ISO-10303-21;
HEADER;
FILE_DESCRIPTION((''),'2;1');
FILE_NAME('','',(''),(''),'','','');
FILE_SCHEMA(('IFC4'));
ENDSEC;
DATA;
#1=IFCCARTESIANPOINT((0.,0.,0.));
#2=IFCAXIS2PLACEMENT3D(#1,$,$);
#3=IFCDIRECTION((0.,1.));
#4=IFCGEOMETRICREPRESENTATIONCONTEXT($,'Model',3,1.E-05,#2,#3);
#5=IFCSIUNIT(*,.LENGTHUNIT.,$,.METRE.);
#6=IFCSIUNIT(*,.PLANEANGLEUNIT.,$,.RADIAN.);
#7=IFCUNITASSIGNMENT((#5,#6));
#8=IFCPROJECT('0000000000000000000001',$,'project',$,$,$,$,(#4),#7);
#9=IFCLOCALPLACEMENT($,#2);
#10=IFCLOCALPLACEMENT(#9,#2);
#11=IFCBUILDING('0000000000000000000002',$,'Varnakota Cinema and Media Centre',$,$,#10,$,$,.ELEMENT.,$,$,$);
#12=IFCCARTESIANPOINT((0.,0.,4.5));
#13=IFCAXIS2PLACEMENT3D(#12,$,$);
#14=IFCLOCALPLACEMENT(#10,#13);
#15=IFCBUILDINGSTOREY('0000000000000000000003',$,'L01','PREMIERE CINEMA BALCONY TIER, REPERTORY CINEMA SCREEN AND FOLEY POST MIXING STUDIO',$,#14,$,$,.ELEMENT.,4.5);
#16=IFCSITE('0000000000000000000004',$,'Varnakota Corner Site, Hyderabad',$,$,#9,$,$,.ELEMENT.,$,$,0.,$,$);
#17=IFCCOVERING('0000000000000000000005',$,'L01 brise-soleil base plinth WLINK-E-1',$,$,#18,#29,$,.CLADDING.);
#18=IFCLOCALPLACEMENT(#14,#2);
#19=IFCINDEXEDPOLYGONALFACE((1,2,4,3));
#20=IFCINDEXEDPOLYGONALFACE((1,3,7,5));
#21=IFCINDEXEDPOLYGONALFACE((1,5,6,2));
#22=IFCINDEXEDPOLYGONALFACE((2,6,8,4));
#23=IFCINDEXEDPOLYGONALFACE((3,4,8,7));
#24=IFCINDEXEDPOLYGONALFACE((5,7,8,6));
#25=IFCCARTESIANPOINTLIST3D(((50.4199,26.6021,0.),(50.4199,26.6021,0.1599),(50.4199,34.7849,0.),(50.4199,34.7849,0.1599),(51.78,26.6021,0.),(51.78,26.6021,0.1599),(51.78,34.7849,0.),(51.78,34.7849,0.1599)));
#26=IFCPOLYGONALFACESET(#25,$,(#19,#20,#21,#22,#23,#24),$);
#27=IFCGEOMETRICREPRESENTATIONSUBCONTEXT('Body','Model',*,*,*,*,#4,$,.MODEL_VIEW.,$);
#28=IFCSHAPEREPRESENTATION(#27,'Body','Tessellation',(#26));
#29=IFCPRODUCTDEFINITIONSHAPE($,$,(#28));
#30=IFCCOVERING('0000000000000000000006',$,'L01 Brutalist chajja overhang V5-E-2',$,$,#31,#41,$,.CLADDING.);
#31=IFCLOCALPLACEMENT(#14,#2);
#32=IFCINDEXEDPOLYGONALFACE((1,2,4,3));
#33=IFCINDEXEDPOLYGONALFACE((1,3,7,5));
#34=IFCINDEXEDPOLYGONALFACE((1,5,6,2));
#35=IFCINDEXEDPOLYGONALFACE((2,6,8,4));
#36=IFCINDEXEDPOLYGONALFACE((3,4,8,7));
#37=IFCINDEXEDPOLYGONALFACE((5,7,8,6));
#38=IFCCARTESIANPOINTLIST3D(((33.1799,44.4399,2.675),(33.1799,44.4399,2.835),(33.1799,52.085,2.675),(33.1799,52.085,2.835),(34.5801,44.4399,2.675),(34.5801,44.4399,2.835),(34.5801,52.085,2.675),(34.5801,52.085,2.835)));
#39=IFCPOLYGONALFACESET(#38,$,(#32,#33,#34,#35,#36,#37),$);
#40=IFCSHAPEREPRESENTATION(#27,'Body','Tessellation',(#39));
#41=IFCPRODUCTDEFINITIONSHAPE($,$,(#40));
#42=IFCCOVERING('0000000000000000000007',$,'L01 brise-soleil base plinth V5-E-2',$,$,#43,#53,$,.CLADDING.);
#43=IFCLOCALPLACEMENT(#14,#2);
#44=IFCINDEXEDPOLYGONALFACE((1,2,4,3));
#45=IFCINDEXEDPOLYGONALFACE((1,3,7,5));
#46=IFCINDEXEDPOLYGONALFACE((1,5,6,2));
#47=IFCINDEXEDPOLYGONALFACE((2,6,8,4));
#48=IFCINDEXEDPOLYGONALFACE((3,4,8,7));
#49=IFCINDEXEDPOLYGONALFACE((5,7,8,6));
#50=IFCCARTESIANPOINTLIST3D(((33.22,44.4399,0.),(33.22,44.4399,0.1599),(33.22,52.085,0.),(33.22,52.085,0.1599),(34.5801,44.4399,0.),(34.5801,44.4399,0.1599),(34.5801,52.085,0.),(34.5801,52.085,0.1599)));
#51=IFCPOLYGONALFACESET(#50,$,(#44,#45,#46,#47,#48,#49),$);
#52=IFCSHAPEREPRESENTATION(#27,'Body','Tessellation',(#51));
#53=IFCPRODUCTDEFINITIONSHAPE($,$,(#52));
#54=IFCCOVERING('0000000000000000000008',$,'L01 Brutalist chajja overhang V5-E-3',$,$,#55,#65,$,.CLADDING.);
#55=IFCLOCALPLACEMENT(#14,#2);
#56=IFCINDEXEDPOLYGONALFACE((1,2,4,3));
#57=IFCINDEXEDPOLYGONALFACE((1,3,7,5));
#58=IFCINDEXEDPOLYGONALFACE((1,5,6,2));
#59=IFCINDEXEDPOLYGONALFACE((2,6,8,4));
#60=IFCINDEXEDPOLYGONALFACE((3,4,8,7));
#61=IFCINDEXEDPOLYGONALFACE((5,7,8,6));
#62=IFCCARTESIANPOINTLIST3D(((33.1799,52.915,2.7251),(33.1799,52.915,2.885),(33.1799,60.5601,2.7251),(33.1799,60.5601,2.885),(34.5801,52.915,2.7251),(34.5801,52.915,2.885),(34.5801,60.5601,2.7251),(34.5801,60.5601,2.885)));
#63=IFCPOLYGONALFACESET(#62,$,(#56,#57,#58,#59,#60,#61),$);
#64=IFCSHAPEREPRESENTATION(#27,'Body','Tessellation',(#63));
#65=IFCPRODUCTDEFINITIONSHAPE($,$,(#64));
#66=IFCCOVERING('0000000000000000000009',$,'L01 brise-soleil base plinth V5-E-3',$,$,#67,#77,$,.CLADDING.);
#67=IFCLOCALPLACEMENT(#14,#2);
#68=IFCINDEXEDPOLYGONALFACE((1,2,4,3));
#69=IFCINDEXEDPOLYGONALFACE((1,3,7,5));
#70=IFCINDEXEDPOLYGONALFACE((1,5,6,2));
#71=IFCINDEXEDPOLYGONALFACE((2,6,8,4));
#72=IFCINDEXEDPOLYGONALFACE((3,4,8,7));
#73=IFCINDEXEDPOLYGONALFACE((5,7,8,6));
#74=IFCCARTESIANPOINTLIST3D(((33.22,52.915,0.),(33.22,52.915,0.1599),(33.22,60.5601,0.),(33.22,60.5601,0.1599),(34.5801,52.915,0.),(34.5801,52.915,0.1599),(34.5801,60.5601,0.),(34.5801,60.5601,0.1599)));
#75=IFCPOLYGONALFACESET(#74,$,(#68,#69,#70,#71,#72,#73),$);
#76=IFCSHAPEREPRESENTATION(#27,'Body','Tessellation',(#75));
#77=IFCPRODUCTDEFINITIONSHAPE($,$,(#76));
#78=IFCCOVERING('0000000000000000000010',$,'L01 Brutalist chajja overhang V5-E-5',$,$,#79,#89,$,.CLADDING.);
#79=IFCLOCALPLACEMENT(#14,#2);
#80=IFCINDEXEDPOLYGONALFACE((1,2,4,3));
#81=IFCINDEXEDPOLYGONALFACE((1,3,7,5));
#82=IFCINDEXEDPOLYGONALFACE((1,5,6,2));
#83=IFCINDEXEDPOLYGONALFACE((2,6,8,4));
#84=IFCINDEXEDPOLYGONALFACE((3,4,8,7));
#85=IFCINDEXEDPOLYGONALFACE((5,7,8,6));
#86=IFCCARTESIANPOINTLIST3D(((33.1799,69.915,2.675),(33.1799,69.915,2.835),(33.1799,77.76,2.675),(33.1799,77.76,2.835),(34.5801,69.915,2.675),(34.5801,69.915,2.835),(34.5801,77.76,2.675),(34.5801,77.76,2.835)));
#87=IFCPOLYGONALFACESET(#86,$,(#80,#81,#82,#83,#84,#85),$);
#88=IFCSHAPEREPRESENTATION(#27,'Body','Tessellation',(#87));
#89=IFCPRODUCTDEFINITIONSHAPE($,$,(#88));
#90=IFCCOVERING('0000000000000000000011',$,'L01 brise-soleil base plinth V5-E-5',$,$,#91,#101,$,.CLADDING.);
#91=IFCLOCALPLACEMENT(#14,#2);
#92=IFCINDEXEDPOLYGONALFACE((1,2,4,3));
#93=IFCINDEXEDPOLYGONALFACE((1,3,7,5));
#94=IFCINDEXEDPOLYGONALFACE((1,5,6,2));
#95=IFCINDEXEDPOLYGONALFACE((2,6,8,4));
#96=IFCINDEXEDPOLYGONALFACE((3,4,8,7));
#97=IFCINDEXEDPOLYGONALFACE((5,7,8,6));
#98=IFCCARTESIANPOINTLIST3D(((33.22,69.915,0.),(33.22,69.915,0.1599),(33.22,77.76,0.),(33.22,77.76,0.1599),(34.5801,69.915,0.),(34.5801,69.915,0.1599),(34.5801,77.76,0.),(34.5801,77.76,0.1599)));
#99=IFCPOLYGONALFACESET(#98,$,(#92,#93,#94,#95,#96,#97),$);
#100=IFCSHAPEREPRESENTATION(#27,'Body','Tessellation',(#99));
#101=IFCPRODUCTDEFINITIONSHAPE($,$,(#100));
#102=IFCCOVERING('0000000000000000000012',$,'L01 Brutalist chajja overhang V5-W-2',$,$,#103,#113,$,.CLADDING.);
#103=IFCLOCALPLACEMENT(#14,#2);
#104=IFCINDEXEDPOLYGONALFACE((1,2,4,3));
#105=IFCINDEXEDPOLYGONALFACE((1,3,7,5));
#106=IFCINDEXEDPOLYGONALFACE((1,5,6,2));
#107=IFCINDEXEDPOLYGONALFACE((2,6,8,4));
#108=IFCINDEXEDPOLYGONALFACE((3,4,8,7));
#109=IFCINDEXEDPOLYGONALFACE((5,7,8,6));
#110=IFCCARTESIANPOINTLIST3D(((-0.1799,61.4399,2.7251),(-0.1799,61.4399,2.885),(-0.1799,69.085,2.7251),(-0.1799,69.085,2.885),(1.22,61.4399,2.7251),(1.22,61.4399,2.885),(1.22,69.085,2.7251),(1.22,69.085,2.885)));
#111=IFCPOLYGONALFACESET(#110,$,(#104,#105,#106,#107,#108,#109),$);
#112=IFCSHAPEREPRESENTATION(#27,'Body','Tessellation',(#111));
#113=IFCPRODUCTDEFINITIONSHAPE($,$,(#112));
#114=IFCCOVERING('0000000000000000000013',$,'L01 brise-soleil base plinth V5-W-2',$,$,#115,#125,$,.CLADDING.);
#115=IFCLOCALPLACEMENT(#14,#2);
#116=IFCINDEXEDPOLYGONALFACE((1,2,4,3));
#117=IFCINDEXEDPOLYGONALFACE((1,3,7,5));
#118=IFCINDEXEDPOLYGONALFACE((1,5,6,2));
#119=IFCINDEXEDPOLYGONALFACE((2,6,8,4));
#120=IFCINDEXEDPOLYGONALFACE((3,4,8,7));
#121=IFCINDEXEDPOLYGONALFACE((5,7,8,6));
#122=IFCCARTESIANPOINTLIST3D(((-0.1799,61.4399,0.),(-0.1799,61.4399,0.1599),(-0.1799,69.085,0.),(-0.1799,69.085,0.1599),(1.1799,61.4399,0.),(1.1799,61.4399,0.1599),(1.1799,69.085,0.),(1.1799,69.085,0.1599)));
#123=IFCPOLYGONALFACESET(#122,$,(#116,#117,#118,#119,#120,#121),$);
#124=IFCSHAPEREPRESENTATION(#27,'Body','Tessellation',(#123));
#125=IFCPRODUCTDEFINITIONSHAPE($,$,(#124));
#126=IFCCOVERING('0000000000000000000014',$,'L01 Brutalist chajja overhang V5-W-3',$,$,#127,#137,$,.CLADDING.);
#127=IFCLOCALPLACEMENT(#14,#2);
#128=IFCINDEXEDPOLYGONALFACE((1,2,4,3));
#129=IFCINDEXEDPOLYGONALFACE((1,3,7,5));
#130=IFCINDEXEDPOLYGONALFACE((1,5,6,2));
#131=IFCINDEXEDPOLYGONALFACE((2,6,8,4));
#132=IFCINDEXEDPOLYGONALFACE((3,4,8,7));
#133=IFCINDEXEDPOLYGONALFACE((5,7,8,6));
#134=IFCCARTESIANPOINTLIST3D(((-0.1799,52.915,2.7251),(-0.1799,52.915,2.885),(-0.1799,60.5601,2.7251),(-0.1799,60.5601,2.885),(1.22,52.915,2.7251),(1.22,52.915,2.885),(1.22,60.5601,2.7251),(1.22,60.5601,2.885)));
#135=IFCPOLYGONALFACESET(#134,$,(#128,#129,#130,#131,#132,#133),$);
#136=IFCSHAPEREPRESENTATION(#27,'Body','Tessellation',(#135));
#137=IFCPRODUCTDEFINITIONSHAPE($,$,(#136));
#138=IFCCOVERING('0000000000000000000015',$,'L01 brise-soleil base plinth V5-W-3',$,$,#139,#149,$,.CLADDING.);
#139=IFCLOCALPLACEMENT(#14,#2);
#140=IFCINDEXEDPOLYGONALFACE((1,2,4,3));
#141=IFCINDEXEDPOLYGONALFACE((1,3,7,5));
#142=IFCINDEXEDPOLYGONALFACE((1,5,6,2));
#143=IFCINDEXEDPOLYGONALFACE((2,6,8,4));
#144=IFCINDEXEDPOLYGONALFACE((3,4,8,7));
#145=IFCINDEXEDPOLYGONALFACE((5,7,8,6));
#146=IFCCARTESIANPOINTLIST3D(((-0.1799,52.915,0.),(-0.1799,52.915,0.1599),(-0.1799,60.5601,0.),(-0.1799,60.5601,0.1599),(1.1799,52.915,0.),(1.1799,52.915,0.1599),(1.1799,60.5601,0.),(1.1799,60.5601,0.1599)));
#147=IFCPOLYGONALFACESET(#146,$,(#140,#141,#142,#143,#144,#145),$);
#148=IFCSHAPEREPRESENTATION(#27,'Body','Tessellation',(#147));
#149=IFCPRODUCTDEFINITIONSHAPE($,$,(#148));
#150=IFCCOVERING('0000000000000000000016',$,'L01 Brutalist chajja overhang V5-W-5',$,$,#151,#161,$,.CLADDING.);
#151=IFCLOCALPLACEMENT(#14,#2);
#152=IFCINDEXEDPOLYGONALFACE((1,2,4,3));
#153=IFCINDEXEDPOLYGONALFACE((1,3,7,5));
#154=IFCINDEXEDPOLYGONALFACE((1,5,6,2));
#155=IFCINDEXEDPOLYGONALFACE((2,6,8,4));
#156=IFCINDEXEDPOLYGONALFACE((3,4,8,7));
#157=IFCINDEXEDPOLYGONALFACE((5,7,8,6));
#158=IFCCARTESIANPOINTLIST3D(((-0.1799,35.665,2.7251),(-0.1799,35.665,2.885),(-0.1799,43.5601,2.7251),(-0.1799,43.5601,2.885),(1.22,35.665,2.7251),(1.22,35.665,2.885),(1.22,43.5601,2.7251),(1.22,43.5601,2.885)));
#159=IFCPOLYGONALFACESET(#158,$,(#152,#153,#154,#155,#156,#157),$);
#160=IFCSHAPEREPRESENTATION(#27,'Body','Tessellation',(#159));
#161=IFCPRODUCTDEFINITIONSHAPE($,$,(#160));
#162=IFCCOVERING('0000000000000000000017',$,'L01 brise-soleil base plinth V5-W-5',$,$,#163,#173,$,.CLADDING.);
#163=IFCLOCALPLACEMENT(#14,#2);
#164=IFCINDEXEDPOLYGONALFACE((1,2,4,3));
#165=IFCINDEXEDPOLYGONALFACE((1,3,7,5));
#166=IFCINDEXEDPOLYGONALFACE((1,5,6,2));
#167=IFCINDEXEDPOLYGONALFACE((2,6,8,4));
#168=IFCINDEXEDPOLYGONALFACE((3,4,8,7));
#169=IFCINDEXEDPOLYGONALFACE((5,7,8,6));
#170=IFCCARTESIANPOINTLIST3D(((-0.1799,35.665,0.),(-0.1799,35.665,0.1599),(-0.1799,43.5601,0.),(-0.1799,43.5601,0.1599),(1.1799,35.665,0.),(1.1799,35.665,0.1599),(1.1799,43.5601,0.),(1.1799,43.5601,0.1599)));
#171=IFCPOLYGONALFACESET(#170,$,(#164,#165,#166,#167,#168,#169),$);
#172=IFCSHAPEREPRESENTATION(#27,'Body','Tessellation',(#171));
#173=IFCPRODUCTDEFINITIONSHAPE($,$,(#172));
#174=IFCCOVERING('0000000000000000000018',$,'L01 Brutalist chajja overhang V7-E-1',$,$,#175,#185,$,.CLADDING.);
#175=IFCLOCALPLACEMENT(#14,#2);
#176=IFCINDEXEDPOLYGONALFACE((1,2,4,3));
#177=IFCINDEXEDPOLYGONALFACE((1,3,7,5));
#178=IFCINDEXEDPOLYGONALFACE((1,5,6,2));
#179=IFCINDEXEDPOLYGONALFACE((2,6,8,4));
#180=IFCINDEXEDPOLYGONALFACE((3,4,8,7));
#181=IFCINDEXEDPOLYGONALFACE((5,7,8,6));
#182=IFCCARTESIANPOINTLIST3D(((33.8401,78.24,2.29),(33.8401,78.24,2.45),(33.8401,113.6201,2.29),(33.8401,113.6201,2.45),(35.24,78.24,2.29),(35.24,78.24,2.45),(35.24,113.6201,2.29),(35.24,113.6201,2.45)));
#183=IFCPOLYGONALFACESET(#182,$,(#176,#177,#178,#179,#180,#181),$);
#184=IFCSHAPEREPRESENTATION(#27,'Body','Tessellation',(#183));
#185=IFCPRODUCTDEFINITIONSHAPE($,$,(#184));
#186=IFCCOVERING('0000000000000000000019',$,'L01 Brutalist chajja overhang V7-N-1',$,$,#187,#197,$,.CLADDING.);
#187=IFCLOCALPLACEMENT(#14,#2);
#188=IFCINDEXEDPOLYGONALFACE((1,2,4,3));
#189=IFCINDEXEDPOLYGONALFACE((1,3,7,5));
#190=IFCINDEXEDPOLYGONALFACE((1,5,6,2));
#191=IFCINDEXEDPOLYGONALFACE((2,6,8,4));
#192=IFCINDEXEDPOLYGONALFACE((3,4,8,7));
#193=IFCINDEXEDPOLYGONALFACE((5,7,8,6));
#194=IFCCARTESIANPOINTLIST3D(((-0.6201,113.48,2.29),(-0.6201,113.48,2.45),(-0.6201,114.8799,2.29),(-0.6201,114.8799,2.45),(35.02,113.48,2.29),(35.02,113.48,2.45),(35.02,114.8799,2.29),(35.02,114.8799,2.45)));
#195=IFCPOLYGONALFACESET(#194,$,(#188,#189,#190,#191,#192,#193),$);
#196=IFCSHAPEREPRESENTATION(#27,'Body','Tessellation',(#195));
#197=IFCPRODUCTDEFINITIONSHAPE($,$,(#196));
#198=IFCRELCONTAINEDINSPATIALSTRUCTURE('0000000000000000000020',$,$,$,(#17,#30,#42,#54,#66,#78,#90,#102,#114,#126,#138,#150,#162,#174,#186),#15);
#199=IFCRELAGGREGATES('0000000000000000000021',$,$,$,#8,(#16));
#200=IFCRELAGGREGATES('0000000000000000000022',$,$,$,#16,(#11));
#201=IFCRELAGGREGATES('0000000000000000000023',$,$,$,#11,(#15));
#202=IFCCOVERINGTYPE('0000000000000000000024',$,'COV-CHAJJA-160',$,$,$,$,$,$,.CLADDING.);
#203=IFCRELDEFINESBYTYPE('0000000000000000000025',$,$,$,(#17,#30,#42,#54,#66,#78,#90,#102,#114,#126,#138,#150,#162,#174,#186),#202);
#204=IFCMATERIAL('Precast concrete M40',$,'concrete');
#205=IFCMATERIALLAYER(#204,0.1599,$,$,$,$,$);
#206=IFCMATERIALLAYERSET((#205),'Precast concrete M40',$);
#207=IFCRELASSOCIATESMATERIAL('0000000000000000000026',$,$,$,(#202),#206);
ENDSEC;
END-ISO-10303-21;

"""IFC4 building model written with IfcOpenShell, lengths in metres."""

from ifc_helpers import new_model, si_unit, direction, frame, origin, place, context, subcontext, project, spatial, polyline, outline, extrude, material, layer, layer_set, type_object, element, save


model = new_model("IFC4")

# Units and contexts
model_context = context("Model", 3, precision=1e-05, world=origin(), true_north=direction((0.0, 1.0)))
body_context = subcontext(model_context, "Body", "Model", "MODEL_VIEW")
ifc_project = project(units=[si_unit("LENGTHUNIT", "METRE"), si_unit("PLANEANGLEUNIT", "RADIAN")], contexts=[model_context])

# Site, building, storey
site_placement = place(None, origin())
site = spatial("IfcSite", under=ifc_project, at=site_placement, Name="Varnakota Corner Site, Hyderabad", CompositionType="ELEMENT", RefElevation=0.0)
building_placement = place(site_placement, origin())
building = spatial("IfcBuilding", under=site, at=building_placement, Name="Varnakota Cinema and Media Centre", CompositionType="ELEMENT")
storey_placement = place(building_placement, frame((0.0, 0.0, 4.5)))
storey = spatial("IfcBuildingStorey", under=building, at=storey_placement, Name="L01", Description="PREMIERE CINEMA BALCONY TIER, REPERTORY CINEMA SCREEN AND FOLEY POST MIXING STUDIO", CompositionType="ELEMENT", Elevation=4.5)

# Coverings
ifc_material_1 = material(Name="Precast concrete M40", Category="concrete")
ifc_layer_1 = layer(ifc_material_1, 0.1599)
ifc_layer_set_1 = layer_set([ifc_layer_1], Name="Precast concrete M40")
covering_type = type_object("IfcCoveringType", Name="COV-CHAJJA-160", PredefinedType="CLADDING", material=ifc_layer_set_1)
covering_1_placement = place(storey_placement, origin())
element("IfcCovering", 1, at=covering_1_placement, inside=storey, type_object=covering_type, Name="L01 brise-soleil base plinth WLINK-E-1", PredefinedType="CLADDING", context=body_context, shape_type="SweptSolid", body=[
    extrude(outline(polyline([(51.78, 26.6021), (51.78, 34.7849), (50.4199, 34.7849), (50.4199, 26.6021), (51.78, 26.6021)])), origin(), (0.0, 0.0, 1.0), 0.1599),
])
covering_2_placement = place(storey_placement, frame((0.0, 0.0, 2.675)))
element("IfcCovering", 2, at=covering_2_placement, inside=storey, type_object=covering_type, Name="L01 Brutalist chajja overhang V5-E-2", PredefinedType="CLADDING", context=body_context, shape_type="SweptSolid", body=[
    extrude(outline(polyline([(34.5801, 44.4399), (34.5801, 52.085), (33.1799, 52.085), (33.1799, 44.4399), (34.5801, 44.4399)])), origin(), (0.0, 0.0, 1.0), 0.1599),
])
covering_3_placement = place(storey_placement, origin())
element("IfcCovering", 3, at=covering_3_placement, inside=storey, type_object=covering_type, Name="L01 brise-soleil base plinth V5-E-2", PredefinedType="CLADDING", context=body_context, shape_type="SweptSolid", body=[
    extrude(outline(polyline([(34.5801, 44.4399), (34.5801, 52.085), (33.22, 52.085), (33.22, 44.4399), (34.5801, 44.4399)])), origin(), (0.0, 0.0, 1.0), 0.1599),
])
covering_4_placement = place(storey_placement, frame((0.0, 0.0, 2.7251)))
element("IfcCovering", 4, at=covering_4_placement, inside=storey, type_object=covering_type, Name="L01 Brutalist chajja overhang V5-E-3", PredefinedType="CLADDING", context=body_context, shape_type="SweptSolid", body=[
    extrude(outline(polyline([(34.5801, 52.915), (34.5801, 60.5601), (33.1799, 60.5601), (33.1799, 52.915), (34.5801, 52.915)])), origin(), (0.0, 0.0, 1.0), 0.1599),
])
covering_5_placement = place(storey_placement, origin())
element("IfcCovering", 5, at=covering_5_placement, inside=storey, type_object=covering_type, Name="L01 brise-soleil base plinth V5-E-3", PredefinedType="CLADDING", context=body_context, shape_type="SweptSolid", body=[
    extrude(outline(polyline([(34.5801, 52.915), (34.5801, 60.5601), (33.22, 60.5601), (33.22, 52.915), (34.5801, 52.915)])), origin(), (0.0, 0.0, 1.0), 0.1599),
])
covering_6_placement = place(storey_placement, frame((0.0, 0.0, 2.675)))
element("IfcCovering", 6, at=covering_6_placement, inside=storey, type_object=covering_type, Name="L01 Brutalist chajja overhang V5-E-5", PredefinedType="CLADDING", context=body_context, shape_type="SweptSolid", body=[
    extrude(outline(polyline([(34.5801, 69.915), (34.5801, 77.76), (33.1799, 77.76), (33.1799, 69.915), (34.5801, 69.915)])), origin(), (0.0, 0.0, 1.0), 0.1599),
])
covering_7_placement = place(storey_placement, origin())
element("IfcCovering", 7, at=covering_7_placement, inside=storey, type_object=covering_type, Name="L01 brise-soleil base plinth V5-E-5", PredefinedType="CLADDING", context=body_context, shape_type="SweptSolid", body=[
    extrude(outline(polyline([(34.5801, 69.915), (34.5801, 77.76), (33.22, 77.76), (33.22, 69.915), (34.5801, 69.915)])), origin(), (0.0, 0.0, 1.0), 0.1599),
])
covering_8_placement = place(storey_placement, frame((0.0, 0.0, 2.7251)))
element("IfcCovering", 8, at=covering_8_placement, inside=storey, type_object=covering_type, Name="L01 Brutalist chajja overhang V5-W-2", PredefinedType="CLADDING", context=body_context, shape_type="SweptSolid", body=[
    extrude(outline(polyline([(-0.1799, 69.085), (-0.1799, 61.4399), (1.22, 61.4399), (1.22, 69.085), (-0.1799, 69.085)])), origin(), (0.0, 0.0, 1.0), 0.1599),
])
covering_9_placement = place(storey_placement, origin())
element("IfcCovering", 9, at=covering_9_placement, inside=storey, type_object=covering_type, Name="L01 brise-soleil base plinth V5-W-2", PredefinedType="CLADDING", context=body_context, shape_type="SweptSolid", body=[
    extrude(outline(polyline([(-0.1799, 69.085), (-0.1799, 61.4399), (1.1799, 61.4399), (1.1799, 69.085), (-0.1799, 69.085)])), origin(), (0.0, 0.0, 1.0), 0.1599),
])
covering_10_placement = place(storey_placement, frame((0.0, 0.0, 2.7251)))
element("IfcCovering", 10, at=covering_10_placement, inside=storey, type_object=covering_type, Name="L01 Brutalist chajja overhang V5-W-3", PredefinedType="CLADDING", context=body_context, shape_type="SweptSolid", body=[
    extrude(outline(polyline([(-0.1799, 60.5601), (-0.1799, 52.915), (1.22, 52.915), (1.22, 60.5601), (-0.1799, 60.5601)])), origin(), (0.0, 0.0, 1.0), 0.1599),
])
covering_11_placement = place(storey_placement, origin())
element("IfcCovering", 11, at=covering_11_placement, inside=storey, type_object=covering_type, Name="L01 brise-soleil base plinth V5-W-3", PredefinedType="CLADDING", context=body_context, shape_type="SweptSolid", body=[
    extrude(outline(polyline([(-0.1799, 60.5601), (-0.1799, 52.915), (1.1799, 52.915), (1.1799, 60.5601), (-0.1799, 60.5601)])), origin(), (0.0, 0.0, 1.0), 0.1599),
])
covering_12_placement = place(storey_placement, frame((0.0, 0.0, 2.7251)))
element("IfcCovering", 12, at=covering_12_placement, inside=storey, type_object=covering_type, Name="L01 Brutalist chajja overhang V5-W-5", PredefinedType="CLADDING", context=body_context, shape_type="SweptSolid", body=[
    extrude(outline(polyline([(-0.1799, 43.5601), (-0.1799, 35.665), (1.22, 35.665), (1.22, 43.5601), (-0.1799, 43.5601)])), origin(), (0.0, 0.0, 1.0), 0.1599),
])
covering_13_placement = place(storey_placement, origin())
element("IfcCovering", 13, at=covering_13_placement, inside=storey, type_object=covering_type, Name="L01 brise-soleil base plinth V5-W-5", PredefinedType="CLADDING", context=body_context, shape_type="SweptSolid", body=[
    extrude(outline(polyline([(-0.1799, 43.5601), (-0.1799, 35.665), (1.1799, 35.665), (1.1799, 43.5601), (-0.1799, 43.5601)])), origin(), (0.0, 0.0, 1.0), 0.1599),
])
covering_14_placement = place(storey_placement, frame((0.0, 0.0, 2.29)))
element("IfcCovering", 14, at=covering_14_placement, inside=storey, type_object=covering_type, Name="L01 Brutalist chajja overhang V7-E-1", PredefinedType="CLADDING", context=body_context, shape_type="SweptSolid", body=[
    extrude(outline(polyline([(35.24, 78.24), (35.24, 113.6201), (33.8401, 113.6201), (33.8401, 78.24), (35.24, 78.24)])), origin(), (0.0, 0.0, 1.0), 0.1599),
])
covering_15_placement = place(storey_placement, frame((0.0, 0.0, 2.29)))
element("IfcCovering", 15, at=covering_15_placement, inside=storey, type_object=covering_type, Name="L01 Brutalist chajja overhang V7-N-1", PredefinedType="CLADDING", context=body_context, shape_type="SweptSolid", body=[
    extrude(outline(polyline([(-0.6201, 113.48), (35.02, 113.48), (35.02, 114.8799), (-0.6201, 114.8799), (-0.6201, 113.48)])), origin(), (0.0, 0.0, 1.0), 0.1599),
])

save(model, "model.ifc")
